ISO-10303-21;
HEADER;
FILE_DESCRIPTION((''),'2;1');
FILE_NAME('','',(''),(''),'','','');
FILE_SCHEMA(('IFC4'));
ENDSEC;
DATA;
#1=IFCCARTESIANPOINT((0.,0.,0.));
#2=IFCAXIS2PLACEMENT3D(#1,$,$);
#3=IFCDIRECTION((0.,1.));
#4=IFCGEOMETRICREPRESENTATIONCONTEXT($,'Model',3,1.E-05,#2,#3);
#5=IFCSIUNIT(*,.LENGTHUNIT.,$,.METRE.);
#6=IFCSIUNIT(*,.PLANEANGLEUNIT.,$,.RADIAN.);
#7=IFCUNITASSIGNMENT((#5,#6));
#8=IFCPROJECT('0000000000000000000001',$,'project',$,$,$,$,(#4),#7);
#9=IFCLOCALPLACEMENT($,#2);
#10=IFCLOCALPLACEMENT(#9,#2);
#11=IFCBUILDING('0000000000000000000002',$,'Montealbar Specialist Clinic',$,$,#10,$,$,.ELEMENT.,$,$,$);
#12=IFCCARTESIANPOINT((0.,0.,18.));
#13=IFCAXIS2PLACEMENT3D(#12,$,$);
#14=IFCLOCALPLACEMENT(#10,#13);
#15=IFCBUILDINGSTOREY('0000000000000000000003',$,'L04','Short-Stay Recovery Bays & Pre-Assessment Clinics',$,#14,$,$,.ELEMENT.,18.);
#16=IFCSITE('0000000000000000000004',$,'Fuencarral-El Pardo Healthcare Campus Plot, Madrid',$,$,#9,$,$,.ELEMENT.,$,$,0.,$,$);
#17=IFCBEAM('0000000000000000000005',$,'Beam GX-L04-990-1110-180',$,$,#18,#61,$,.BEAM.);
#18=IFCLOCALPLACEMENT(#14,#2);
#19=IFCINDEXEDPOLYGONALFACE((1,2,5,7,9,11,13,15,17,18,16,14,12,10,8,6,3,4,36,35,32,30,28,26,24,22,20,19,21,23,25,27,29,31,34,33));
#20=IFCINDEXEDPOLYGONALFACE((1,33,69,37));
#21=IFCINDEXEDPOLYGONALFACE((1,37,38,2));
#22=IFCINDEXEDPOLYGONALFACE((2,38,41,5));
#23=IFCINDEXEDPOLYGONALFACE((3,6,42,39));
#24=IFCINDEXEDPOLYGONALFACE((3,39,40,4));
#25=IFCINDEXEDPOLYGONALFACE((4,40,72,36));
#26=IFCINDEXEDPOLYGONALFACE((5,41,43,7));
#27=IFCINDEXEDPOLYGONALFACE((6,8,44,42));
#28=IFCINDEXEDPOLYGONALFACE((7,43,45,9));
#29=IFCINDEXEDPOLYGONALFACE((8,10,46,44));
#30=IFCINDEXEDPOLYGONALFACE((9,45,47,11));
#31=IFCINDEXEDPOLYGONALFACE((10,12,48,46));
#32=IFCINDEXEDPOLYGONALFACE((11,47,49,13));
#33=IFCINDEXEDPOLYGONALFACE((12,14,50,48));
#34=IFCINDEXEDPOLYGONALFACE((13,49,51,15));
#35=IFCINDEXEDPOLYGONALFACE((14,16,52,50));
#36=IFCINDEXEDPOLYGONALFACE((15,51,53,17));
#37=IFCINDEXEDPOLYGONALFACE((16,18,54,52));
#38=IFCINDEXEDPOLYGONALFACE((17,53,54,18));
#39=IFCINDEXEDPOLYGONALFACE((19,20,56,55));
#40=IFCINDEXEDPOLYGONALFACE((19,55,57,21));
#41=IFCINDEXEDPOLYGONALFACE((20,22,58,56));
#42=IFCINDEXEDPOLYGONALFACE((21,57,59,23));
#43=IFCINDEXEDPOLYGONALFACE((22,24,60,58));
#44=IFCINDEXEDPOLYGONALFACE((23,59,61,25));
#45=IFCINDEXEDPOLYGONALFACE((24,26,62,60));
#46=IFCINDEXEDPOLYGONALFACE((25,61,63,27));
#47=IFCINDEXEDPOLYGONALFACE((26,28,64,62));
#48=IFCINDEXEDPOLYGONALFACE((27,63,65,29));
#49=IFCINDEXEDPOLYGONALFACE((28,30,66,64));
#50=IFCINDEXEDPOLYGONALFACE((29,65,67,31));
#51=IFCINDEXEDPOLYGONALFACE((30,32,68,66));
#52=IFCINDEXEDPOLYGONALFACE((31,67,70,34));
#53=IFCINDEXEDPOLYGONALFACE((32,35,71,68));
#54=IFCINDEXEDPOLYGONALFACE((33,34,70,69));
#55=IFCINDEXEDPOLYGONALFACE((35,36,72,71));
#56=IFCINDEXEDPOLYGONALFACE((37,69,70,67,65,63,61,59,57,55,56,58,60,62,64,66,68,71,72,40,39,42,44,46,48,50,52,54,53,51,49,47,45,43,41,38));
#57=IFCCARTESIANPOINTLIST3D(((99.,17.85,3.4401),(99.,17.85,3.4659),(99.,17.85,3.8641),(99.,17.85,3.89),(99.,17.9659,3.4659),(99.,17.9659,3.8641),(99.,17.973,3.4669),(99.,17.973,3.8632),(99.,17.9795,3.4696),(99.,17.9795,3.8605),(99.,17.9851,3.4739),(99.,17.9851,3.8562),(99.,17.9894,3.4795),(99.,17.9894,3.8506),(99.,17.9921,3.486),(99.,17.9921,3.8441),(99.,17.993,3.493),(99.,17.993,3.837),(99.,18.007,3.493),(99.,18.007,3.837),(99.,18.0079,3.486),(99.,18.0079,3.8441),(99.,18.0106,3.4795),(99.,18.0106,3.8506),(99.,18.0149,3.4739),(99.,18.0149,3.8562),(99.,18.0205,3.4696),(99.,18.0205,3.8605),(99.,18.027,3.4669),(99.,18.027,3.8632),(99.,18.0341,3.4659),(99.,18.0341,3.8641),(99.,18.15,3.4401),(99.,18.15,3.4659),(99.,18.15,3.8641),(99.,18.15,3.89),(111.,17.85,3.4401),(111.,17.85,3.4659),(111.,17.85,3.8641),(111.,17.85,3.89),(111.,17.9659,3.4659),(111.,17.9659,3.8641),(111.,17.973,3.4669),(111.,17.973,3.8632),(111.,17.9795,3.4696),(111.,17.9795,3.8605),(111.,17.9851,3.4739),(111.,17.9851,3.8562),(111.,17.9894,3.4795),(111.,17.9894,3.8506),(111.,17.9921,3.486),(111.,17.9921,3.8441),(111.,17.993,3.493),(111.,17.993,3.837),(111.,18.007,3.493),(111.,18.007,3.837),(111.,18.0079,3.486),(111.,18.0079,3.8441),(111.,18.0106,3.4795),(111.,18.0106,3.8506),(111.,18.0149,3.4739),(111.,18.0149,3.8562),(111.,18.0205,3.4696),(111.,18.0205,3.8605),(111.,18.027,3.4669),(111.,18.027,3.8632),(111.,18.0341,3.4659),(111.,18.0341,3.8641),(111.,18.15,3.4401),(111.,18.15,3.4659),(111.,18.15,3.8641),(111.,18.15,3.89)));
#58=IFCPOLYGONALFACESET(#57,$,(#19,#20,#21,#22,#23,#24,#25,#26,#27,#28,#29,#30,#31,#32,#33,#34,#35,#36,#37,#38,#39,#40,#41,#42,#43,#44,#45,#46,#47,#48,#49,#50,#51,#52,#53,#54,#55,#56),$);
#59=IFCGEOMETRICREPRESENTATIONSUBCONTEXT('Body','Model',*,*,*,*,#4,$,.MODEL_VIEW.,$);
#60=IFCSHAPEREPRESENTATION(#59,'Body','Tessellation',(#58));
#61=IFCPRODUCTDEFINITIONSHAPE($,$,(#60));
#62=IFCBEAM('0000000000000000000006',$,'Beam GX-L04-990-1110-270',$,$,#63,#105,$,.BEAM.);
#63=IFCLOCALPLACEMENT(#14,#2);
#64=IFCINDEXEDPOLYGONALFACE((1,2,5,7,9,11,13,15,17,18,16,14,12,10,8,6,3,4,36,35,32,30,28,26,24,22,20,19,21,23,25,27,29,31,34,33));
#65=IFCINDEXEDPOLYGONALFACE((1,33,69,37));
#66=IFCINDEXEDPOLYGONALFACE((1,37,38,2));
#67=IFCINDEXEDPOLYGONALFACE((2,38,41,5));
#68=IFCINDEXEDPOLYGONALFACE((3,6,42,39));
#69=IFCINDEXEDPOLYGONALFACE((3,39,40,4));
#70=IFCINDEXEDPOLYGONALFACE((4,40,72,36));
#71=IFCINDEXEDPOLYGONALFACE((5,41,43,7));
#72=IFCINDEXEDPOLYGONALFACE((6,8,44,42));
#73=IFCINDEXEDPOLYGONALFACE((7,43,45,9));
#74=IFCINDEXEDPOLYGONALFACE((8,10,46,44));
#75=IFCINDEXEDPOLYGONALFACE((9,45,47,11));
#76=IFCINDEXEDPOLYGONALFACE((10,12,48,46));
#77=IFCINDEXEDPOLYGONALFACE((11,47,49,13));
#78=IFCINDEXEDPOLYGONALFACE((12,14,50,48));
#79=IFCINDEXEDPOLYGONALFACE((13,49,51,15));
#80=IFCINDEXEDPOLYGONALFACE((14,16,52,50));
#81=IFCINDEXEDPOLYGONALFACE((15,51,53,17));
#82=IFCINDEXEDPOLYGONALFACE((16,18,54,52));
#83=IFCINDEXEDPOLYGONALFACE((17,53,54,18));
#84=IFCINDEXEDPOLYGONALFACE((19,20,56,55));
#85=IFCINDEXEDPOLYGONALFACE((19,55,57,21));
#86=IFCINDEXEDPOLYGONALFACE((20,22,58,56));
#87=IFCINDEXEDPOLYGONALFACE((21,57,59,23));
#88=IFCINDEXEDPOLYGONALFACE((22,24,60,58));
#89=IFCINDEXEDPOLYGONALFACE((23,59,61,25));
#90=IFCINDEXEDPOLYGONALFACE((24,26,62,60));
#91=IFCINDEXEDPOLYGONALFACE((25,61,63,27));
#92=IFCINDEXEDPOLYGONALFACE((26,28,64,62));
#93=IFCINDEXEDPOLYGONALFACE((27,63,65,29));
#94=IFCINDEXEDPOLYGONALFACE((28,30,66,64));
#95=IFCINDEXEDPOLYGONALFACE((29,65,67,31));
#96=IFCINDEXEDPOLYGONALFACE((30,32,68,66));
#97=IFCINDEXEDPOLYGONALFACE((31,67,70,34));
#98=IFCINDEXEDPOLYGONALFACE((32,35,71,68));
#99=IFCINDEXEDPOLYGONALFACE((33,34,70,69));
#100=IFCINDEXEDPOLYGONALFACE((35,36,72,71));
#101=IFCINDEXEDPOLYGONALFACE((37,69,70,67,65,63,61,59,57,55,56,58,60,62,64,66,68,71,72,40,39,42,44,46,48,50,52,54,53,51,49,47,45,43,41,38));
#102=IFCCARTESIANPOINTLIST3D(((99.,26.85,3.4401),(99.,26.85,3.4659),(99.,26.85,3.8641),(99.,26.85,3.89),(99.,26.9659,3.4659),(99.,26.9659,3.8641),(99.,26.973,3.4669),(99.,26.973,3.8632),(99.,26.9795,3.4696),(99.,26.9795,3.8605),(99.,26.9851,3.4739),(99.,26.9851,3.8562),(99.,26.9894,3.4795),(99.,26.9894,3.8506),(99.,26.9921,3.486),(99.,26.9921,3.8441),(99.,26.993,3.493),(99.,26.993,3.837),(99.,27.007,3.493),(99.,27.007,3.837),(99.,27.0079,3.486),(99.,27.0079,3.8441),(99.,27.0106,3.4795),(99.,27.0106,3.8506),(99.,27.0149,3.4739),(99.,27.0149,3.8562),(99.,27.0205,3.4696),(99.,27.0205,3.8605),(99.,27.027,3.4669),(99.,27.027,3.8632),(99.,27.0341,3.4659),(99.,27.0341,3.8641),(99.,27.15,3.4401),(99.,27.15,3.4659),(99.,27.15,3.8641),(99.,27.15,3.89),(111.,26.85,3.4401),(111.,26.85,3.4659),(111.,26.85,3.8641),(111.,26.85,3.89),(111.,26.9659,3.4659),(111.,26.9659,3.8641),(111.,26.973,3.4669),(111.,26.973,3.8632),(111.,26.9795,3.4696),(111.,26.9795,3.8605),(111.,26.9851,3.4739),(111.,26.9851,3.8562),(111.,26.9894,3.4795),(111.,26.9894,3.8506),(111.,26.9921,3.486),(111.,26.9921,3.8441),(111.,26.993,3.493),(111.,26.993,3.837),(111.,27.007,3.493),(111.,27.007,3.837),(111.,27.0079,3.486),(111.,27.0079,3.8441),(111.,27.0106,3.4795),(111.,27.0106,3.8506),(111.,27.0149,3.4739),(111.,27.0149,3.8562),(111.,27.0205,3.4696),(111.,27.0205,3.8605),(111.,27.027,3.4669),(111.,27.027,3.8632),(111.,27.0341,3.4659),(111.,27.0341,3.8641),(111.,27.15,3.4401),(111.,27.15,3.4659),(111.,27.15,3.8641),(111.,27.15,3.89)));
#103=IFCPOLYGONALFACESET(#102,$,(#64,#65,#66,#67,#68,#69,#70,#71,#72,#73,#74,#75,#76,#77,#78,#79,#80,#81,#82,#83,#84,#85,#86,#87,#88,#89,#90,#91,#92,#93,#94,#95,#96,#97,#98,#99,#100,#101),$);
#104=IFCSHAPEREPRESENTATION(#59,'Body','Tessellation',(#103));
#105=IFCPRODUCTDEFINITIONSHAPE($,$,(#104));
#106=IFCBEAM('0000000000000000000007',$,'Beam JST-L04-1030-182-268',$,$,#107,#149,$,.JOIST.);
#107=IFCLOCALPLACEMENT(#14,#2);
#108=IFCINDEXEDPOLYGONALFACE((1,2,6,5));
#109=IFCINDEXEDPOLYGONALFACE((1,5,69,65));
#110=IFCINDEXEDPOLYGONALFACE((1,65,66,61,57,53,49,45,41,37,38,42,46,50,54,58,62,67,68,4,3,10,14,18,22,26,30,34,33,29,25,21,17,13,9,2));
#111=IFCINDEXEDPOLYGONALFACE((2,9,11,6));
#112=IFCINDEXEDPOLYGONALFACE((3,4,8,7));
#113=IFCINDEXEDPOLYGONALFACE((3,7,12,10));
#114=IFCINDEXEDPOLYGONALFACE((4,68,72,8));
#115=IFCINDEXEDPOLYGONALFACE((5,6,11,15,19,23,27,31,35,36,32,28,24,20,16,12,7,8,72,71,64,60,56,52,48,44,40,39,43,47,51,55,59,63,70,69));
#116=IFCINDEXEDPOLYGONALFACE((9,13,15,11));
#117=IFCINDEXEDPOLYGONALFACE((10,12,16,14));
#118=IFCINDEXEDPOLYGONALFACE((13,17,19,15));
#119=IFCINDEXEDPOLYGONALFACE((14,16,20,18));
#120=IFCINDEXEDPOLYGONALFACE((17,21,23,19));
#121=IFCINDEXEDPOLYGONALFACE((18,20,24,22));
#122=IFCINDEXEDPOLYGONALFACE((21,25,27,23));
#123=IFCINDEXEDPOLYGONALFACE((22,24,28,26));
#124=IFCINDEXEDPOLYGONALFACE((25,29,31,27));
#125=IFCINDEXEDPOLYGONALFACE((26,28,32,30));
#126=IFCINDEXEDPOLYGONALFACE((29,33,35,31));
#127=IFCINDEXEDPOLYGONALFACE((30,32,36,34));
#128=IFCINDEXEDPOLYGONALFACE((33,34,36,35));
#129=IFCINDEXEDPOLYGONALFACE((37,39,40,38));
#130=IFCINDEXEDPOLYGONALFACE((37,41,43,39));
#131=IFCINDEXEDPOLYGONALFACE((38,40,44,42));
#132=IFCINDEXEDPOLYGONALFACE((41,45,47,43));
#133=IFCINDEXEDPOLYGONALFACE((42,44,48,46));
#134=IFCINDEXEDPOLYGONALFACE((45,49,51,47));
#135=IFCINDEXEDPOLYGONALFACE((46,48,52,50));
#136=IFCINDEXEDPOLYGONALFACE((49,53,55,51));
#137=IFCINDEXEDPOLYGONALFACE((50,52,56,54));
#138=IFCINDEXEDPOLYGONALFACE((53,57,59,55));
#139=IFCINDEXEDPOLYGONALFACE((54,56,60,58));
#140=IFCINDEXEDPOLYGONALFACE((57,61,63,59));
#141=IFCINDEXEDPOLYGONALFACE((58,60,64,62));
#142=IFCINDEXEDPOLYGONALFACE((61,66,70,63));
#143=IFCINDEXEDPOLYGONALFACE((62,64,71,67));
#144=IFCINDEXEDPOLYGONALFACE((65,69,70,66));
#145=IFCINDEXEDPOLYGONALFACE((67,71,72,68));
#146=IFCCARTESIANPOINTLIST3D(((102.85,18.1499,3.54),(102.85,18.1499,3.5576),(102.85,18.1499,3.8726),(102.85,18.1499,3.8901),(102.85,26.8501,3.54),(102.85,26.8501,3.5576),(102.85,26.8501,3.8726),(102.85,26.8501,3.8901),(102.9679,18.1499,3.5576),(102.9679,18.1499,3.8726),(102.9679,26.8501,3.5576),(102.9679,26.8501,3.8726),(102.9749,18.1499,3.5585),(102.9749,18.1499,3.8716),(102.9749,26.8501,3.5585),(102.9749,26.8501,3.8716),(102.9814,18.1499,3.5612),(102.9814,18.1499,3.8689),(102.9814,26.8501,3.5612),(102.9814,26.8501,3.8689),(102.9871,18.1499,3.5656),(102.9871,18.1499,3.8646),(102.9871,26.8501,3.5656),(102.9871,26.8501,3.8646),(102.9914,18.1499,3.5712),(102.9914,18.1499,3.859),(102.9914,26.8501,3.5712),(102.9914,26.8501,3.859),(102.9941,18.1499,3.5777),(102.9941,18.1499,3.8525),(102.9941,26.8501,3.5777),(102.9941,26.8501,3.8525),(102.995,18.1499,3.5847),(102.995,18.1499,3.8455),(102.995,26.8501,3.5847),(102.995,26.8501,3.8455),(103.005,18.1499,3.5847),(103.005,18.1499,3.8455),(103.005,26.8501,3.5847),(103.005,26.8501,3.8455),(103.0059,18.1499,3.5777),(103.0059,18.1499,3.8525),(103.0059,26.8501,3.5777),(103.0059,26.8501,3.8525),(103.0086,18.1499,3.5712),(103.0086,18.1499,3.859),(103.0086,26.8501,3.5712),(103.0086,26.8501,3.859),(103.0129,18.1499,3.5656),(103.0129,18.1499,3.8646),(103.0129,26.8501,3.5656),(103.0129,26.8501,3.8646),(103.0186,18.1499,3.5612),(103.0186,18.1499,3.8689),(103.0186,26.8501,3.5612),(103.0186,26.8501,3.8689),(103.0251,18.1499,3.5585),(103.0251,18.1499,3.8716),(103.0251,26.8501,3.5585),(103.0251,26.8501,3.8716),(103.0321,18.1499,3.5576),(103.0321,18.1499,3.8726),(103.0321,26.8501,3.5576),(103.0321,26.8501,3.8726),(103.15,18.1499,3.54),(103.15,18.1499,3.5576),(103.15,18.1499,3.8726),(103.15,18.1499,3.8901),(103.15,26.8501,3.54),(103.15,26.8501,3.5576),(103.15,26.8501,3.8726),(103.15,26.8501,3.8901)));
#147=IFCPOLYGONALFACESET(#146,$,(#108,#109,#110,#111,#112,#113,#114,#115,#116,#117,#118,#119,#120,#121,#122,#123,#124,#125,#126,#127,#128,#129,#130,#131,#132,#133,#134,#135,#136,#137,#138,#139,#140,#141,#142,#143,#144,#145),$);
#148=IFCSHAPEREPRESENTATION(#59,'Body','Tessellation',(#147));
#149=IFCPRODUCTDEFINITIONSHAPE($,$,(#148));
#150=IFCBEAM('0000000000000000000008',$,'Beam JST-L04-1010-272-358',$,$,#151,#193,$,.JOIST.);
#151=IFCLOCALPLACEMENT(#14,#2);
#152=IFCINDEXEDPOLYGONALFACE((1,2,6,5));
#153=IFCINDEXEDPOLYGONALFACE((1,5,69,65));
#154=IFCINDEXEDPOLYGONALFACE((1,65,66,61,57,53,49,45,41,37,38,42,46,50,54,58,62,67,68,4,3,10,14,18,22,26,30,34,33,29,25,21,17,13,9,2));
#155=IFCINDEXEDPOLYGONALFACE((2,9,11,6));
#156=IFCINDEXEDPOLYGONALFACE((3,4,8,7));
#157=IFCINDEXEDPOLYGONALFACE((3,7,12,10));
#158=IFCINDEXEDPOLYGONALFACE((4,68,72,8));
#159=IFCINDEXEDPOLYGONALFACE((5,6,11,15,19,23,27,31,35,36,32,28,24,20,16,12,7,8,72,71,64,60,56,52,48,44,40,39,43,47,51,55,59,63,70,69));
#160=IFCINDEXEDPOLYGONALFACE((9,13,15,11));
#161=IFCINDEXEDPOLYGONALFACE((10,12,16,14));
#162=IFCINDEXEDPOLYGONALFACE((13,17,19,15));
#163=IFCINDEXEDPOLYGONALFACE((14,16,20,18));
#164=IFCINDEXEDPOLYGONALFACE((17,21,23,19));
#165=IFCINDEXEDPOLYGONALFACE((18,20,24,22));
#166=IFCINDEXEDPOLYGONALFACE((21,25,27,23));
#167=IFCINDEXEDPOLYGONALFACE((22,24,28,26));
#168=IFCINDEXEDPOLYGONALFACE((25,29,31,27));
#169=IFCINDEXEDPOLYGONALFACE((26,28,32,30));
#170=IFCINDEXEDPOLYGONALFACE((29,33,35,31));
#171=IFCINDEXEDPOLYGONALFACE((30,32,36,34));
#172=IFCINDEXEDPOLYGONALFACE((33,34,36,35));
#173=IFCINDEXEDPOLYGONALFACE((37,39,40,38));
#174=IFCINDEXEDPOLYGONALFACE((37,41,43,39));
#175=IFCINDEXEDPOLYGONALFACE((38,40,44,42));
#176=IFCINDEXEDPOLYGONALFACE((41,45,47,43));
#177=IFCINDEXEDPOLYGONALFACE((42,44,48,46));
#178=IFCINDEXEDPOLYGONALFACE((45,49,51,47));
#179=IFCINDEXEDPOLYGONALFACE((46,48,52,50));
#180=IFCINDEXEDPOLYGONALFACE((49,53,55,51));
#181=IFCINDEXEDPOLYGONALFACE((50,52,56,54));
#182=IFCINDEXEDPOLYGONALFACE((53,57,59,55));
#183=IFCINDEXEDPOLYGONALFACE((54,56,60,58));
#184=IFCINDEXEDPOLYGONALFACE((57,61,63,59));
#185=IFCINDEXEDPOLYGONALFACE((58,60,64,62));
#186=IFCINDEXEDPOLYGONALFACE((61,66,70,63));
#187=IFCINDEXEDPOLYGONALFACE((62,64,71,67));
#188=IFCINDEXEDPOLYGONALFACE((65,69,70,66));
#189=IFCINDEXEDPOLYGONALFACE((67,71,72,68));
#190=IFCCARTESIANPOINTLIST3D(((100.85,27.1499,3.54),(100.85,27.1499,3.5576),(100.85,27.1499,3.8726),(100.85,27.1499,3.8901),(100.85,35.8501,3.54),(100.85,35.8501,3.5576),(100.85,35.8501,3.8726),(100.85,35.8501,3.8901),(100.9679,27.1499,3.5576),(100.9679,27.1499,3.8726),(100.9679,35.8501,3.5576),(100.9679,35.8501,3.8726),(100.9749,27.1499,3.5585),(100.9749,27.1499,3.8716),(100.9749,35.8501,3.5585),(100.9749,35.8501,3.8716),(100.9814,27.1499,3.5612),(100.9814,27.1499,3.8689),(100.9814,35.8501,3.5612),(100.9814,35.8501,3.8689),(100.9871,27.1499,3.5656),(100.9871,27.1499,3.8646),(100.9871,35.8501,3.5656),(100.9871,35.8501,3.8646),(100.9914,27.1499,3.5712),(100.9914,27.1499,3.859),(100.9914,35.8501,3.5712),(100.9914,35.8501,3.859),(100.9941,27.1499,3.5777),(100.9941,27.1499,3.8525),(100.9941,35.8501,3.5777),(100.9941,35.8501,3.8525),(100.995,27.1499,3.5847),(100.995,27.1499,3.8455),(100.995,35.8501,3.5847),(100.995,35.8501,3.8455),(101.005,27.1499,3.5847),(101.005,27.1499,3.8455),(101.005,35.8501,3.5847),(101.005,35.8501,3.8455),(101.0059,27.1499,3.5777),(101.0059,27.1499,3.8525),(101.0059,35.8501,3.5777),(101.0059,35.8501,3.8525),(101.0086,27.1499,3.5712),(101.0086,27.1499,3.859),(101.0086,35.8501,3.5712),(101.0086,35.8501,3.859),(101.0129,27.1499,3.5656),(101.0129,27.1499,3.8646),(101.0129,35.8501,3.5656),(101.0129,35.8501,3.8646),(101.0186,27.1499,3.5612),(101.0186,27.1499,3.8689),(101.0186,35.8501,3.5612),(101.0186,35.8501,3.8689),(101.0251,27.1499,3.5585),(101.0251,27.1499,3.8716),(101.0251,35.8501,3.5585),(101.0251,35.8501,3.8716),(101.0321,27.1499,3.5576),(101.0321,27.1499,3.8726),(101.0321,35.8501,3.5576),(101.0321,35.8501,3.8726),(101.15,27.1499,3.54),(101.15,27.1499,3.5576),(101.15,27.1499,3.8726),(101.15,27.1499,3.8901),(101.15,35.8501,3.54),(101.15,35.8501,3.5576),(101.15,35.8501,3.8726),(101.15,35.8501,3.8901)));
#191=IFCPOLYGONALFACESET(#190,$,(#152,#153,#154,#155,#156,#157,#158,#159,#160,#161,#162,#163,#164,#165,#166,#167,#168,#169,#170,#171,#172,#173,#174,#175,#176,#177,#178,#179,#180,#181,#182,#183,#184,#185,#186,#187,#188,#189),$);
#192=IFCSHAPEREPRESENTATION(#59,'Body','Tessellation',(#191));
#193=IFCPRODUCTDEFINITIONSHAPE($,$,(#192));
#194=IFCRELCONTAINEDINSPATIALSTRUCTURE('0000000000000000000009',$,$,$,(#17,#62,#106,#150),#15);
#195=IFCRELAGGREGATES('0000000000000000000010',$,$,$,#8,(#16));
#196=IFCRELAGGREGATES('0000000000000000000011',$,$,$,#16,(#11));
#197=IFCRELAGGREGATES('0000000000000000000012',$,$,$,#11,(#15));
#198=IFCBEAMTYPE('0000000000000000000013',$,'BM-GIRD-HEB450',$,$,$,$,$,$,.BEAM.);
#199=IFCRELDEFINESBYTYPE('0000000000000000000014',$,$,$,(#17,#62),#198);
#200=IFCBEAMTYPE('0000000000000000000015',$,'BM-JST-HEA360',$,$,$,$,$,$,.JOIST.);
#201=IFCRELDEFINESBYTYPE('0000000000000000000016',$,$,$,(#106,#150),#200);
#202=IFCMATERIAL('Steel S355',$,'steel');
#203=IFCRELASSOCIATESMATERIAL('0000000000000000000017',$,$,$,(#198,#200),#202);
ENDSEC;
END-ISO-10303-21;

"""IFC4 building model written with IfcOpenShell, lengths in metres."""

from ifc_helpers import new_model, si_unit, direction, frame, origin, origin_2d, place, context, subcontext, project, spatial, i_section, extrude, material, material_profile, profile_set, type_object, element, save


model = new_model("IFC4")

# Units and contexts
model_context = context("Model", 3, precision=1e-05, world=origin(), true_north=direction((0.0, 1.0)))
body_context = subcontext(model_context, "Body", "Model", "MODEL_VIEW")
ifc_project = project(units=[si_unit("LENGTHUNIT", "METRE"), si_unit("PLANEANGLEUNIT", "RADIAN")], contexts=[model_context])

# Site, building, storey
site_placement = place(None, origin())
site = spatial("IfcSite", under=ifc_project, at=site_placement, Name="Fuencarral-El Pardo Healthcare Campus Plot, Madrid", CompositionType="ELEMENT", RefElevation=0.0)
building_placement = place(site_placement, origin())
building = spatial("IfcBuilding", under=site, at=building_placement, Name="Montealbar Specialist Clinic", CompositionType="ELEMENT")
storey_placement = place(building_placement, frame((0.0, 0.0, 18.0)))
storey = spatial("IfcBuildingStorey", under=building, at=storey_placement, Name="L04", Description="Short-Stay Recovery Bays & Pre-Assessment Clinics", CompositionType="ELEMENT", Elevation=18.0)

# Shared definitions
ifc_material_1 = material(Name="Steel S355", Category="steel")

# Beams
ifc_material_profile_1 = material_profile(ifc_material_1, i_section(OverallWidth=0.3, OverallDepth=0.45, WebThickness=0.0139, FlangeThickness=0.0259, FilletRadius=0.0271, at=origin_2d()), Name="HEB 450", Category="steel")
ifc_profile_set_1 = profile_set([ifc_material_profile_1], Name="Steel S355")
beam_type_1 = type_object("IfcBeamType", Name="BM-GIRD-HEB450", PredefinedType="BEAM", material=ifc_profile_set_1)
for number, where, z_axis, x_axis, name in (
    (1, (99.0, 18.0, 3.665), (1.0, 0.0, 0.0), (0.0, 1.0, 0.0), "Beam GX-L04-990-1110-180"),
    (2, (99.0, 27.0, 3.665), (1.0, 0.0, 0.0), (0.0, 1.0, 0.0), "Beam GX-L04-990-1110-270"),
):
    element("IfcBeam", number, at=place(storey_placement, frame(where, z_axis=z_axis, x_axis=x_axis)), inside=storey, type_object=beam_type_1, Name=name, PredefinedType="BEAM", context=body_context, shape_type="SweptSolid", body=[
        extrude(i_section(OverallWidth=0.3, OverallDepth=0.45, WebThickness=0.0139, FlangeThickness=0.0259, FilletRadius=0.0271, at=origin_2d()), origin(), (0.0, 0.0, 1.0), 12.0),
    ])
ifc_material_profile_2 = material_profile(ifc_material_1, i_section(OverallWidth=0.3, OverallDepth=0.3501, WebThickness=0.01, FlangeThickness=0.0176, FilletRadius=0.0271, at=origin_2d()), Name="HEA 360", Category="steel")
ifc_profile_set_2 = profile_set([ifc_material_profile_2], Name="Steel S355")
beam_type_2 = type_object("IfcBeamType", Name="BM-JST-HEA360", PredefinedType="JOIST", material=ifc_profile_set_2)
for number, where, z_axis, x_axis, name in (
    (3, (103.0, 18.1499, 3.7151), (0.0, 1.0, 0.0), (-1.0, 0.0, 0.0), "Beam JST-L04-1030-182-268"),
    (4, (101.0, 27.1499, 3.7151), (0.0, 1.0, 0.0), (-1.0, 0.0, 0.0), "Beam JST-L04-1010-272-358"),
):
    element("IfcBeam", number, at=place(storey_placement, frame(where, z_axis=z_axis, x_axis=x_axis)), inside=storey, type_object=beam_type_2, Name=name, PredefinedType="JOIST", context=body_context, shape_type="SweptSolid", body=[
        extrude(i_section(OverallWidth=0.3, OverallDepth=0.3501, WebThickness=0.01, FlangeThickness=0.0176, FilletRadius=0.0271, at=origin_2d()), origin(), (0.0, 0.0, 1.0), 8.7002),
    ])

save(model, "model.ifc")
